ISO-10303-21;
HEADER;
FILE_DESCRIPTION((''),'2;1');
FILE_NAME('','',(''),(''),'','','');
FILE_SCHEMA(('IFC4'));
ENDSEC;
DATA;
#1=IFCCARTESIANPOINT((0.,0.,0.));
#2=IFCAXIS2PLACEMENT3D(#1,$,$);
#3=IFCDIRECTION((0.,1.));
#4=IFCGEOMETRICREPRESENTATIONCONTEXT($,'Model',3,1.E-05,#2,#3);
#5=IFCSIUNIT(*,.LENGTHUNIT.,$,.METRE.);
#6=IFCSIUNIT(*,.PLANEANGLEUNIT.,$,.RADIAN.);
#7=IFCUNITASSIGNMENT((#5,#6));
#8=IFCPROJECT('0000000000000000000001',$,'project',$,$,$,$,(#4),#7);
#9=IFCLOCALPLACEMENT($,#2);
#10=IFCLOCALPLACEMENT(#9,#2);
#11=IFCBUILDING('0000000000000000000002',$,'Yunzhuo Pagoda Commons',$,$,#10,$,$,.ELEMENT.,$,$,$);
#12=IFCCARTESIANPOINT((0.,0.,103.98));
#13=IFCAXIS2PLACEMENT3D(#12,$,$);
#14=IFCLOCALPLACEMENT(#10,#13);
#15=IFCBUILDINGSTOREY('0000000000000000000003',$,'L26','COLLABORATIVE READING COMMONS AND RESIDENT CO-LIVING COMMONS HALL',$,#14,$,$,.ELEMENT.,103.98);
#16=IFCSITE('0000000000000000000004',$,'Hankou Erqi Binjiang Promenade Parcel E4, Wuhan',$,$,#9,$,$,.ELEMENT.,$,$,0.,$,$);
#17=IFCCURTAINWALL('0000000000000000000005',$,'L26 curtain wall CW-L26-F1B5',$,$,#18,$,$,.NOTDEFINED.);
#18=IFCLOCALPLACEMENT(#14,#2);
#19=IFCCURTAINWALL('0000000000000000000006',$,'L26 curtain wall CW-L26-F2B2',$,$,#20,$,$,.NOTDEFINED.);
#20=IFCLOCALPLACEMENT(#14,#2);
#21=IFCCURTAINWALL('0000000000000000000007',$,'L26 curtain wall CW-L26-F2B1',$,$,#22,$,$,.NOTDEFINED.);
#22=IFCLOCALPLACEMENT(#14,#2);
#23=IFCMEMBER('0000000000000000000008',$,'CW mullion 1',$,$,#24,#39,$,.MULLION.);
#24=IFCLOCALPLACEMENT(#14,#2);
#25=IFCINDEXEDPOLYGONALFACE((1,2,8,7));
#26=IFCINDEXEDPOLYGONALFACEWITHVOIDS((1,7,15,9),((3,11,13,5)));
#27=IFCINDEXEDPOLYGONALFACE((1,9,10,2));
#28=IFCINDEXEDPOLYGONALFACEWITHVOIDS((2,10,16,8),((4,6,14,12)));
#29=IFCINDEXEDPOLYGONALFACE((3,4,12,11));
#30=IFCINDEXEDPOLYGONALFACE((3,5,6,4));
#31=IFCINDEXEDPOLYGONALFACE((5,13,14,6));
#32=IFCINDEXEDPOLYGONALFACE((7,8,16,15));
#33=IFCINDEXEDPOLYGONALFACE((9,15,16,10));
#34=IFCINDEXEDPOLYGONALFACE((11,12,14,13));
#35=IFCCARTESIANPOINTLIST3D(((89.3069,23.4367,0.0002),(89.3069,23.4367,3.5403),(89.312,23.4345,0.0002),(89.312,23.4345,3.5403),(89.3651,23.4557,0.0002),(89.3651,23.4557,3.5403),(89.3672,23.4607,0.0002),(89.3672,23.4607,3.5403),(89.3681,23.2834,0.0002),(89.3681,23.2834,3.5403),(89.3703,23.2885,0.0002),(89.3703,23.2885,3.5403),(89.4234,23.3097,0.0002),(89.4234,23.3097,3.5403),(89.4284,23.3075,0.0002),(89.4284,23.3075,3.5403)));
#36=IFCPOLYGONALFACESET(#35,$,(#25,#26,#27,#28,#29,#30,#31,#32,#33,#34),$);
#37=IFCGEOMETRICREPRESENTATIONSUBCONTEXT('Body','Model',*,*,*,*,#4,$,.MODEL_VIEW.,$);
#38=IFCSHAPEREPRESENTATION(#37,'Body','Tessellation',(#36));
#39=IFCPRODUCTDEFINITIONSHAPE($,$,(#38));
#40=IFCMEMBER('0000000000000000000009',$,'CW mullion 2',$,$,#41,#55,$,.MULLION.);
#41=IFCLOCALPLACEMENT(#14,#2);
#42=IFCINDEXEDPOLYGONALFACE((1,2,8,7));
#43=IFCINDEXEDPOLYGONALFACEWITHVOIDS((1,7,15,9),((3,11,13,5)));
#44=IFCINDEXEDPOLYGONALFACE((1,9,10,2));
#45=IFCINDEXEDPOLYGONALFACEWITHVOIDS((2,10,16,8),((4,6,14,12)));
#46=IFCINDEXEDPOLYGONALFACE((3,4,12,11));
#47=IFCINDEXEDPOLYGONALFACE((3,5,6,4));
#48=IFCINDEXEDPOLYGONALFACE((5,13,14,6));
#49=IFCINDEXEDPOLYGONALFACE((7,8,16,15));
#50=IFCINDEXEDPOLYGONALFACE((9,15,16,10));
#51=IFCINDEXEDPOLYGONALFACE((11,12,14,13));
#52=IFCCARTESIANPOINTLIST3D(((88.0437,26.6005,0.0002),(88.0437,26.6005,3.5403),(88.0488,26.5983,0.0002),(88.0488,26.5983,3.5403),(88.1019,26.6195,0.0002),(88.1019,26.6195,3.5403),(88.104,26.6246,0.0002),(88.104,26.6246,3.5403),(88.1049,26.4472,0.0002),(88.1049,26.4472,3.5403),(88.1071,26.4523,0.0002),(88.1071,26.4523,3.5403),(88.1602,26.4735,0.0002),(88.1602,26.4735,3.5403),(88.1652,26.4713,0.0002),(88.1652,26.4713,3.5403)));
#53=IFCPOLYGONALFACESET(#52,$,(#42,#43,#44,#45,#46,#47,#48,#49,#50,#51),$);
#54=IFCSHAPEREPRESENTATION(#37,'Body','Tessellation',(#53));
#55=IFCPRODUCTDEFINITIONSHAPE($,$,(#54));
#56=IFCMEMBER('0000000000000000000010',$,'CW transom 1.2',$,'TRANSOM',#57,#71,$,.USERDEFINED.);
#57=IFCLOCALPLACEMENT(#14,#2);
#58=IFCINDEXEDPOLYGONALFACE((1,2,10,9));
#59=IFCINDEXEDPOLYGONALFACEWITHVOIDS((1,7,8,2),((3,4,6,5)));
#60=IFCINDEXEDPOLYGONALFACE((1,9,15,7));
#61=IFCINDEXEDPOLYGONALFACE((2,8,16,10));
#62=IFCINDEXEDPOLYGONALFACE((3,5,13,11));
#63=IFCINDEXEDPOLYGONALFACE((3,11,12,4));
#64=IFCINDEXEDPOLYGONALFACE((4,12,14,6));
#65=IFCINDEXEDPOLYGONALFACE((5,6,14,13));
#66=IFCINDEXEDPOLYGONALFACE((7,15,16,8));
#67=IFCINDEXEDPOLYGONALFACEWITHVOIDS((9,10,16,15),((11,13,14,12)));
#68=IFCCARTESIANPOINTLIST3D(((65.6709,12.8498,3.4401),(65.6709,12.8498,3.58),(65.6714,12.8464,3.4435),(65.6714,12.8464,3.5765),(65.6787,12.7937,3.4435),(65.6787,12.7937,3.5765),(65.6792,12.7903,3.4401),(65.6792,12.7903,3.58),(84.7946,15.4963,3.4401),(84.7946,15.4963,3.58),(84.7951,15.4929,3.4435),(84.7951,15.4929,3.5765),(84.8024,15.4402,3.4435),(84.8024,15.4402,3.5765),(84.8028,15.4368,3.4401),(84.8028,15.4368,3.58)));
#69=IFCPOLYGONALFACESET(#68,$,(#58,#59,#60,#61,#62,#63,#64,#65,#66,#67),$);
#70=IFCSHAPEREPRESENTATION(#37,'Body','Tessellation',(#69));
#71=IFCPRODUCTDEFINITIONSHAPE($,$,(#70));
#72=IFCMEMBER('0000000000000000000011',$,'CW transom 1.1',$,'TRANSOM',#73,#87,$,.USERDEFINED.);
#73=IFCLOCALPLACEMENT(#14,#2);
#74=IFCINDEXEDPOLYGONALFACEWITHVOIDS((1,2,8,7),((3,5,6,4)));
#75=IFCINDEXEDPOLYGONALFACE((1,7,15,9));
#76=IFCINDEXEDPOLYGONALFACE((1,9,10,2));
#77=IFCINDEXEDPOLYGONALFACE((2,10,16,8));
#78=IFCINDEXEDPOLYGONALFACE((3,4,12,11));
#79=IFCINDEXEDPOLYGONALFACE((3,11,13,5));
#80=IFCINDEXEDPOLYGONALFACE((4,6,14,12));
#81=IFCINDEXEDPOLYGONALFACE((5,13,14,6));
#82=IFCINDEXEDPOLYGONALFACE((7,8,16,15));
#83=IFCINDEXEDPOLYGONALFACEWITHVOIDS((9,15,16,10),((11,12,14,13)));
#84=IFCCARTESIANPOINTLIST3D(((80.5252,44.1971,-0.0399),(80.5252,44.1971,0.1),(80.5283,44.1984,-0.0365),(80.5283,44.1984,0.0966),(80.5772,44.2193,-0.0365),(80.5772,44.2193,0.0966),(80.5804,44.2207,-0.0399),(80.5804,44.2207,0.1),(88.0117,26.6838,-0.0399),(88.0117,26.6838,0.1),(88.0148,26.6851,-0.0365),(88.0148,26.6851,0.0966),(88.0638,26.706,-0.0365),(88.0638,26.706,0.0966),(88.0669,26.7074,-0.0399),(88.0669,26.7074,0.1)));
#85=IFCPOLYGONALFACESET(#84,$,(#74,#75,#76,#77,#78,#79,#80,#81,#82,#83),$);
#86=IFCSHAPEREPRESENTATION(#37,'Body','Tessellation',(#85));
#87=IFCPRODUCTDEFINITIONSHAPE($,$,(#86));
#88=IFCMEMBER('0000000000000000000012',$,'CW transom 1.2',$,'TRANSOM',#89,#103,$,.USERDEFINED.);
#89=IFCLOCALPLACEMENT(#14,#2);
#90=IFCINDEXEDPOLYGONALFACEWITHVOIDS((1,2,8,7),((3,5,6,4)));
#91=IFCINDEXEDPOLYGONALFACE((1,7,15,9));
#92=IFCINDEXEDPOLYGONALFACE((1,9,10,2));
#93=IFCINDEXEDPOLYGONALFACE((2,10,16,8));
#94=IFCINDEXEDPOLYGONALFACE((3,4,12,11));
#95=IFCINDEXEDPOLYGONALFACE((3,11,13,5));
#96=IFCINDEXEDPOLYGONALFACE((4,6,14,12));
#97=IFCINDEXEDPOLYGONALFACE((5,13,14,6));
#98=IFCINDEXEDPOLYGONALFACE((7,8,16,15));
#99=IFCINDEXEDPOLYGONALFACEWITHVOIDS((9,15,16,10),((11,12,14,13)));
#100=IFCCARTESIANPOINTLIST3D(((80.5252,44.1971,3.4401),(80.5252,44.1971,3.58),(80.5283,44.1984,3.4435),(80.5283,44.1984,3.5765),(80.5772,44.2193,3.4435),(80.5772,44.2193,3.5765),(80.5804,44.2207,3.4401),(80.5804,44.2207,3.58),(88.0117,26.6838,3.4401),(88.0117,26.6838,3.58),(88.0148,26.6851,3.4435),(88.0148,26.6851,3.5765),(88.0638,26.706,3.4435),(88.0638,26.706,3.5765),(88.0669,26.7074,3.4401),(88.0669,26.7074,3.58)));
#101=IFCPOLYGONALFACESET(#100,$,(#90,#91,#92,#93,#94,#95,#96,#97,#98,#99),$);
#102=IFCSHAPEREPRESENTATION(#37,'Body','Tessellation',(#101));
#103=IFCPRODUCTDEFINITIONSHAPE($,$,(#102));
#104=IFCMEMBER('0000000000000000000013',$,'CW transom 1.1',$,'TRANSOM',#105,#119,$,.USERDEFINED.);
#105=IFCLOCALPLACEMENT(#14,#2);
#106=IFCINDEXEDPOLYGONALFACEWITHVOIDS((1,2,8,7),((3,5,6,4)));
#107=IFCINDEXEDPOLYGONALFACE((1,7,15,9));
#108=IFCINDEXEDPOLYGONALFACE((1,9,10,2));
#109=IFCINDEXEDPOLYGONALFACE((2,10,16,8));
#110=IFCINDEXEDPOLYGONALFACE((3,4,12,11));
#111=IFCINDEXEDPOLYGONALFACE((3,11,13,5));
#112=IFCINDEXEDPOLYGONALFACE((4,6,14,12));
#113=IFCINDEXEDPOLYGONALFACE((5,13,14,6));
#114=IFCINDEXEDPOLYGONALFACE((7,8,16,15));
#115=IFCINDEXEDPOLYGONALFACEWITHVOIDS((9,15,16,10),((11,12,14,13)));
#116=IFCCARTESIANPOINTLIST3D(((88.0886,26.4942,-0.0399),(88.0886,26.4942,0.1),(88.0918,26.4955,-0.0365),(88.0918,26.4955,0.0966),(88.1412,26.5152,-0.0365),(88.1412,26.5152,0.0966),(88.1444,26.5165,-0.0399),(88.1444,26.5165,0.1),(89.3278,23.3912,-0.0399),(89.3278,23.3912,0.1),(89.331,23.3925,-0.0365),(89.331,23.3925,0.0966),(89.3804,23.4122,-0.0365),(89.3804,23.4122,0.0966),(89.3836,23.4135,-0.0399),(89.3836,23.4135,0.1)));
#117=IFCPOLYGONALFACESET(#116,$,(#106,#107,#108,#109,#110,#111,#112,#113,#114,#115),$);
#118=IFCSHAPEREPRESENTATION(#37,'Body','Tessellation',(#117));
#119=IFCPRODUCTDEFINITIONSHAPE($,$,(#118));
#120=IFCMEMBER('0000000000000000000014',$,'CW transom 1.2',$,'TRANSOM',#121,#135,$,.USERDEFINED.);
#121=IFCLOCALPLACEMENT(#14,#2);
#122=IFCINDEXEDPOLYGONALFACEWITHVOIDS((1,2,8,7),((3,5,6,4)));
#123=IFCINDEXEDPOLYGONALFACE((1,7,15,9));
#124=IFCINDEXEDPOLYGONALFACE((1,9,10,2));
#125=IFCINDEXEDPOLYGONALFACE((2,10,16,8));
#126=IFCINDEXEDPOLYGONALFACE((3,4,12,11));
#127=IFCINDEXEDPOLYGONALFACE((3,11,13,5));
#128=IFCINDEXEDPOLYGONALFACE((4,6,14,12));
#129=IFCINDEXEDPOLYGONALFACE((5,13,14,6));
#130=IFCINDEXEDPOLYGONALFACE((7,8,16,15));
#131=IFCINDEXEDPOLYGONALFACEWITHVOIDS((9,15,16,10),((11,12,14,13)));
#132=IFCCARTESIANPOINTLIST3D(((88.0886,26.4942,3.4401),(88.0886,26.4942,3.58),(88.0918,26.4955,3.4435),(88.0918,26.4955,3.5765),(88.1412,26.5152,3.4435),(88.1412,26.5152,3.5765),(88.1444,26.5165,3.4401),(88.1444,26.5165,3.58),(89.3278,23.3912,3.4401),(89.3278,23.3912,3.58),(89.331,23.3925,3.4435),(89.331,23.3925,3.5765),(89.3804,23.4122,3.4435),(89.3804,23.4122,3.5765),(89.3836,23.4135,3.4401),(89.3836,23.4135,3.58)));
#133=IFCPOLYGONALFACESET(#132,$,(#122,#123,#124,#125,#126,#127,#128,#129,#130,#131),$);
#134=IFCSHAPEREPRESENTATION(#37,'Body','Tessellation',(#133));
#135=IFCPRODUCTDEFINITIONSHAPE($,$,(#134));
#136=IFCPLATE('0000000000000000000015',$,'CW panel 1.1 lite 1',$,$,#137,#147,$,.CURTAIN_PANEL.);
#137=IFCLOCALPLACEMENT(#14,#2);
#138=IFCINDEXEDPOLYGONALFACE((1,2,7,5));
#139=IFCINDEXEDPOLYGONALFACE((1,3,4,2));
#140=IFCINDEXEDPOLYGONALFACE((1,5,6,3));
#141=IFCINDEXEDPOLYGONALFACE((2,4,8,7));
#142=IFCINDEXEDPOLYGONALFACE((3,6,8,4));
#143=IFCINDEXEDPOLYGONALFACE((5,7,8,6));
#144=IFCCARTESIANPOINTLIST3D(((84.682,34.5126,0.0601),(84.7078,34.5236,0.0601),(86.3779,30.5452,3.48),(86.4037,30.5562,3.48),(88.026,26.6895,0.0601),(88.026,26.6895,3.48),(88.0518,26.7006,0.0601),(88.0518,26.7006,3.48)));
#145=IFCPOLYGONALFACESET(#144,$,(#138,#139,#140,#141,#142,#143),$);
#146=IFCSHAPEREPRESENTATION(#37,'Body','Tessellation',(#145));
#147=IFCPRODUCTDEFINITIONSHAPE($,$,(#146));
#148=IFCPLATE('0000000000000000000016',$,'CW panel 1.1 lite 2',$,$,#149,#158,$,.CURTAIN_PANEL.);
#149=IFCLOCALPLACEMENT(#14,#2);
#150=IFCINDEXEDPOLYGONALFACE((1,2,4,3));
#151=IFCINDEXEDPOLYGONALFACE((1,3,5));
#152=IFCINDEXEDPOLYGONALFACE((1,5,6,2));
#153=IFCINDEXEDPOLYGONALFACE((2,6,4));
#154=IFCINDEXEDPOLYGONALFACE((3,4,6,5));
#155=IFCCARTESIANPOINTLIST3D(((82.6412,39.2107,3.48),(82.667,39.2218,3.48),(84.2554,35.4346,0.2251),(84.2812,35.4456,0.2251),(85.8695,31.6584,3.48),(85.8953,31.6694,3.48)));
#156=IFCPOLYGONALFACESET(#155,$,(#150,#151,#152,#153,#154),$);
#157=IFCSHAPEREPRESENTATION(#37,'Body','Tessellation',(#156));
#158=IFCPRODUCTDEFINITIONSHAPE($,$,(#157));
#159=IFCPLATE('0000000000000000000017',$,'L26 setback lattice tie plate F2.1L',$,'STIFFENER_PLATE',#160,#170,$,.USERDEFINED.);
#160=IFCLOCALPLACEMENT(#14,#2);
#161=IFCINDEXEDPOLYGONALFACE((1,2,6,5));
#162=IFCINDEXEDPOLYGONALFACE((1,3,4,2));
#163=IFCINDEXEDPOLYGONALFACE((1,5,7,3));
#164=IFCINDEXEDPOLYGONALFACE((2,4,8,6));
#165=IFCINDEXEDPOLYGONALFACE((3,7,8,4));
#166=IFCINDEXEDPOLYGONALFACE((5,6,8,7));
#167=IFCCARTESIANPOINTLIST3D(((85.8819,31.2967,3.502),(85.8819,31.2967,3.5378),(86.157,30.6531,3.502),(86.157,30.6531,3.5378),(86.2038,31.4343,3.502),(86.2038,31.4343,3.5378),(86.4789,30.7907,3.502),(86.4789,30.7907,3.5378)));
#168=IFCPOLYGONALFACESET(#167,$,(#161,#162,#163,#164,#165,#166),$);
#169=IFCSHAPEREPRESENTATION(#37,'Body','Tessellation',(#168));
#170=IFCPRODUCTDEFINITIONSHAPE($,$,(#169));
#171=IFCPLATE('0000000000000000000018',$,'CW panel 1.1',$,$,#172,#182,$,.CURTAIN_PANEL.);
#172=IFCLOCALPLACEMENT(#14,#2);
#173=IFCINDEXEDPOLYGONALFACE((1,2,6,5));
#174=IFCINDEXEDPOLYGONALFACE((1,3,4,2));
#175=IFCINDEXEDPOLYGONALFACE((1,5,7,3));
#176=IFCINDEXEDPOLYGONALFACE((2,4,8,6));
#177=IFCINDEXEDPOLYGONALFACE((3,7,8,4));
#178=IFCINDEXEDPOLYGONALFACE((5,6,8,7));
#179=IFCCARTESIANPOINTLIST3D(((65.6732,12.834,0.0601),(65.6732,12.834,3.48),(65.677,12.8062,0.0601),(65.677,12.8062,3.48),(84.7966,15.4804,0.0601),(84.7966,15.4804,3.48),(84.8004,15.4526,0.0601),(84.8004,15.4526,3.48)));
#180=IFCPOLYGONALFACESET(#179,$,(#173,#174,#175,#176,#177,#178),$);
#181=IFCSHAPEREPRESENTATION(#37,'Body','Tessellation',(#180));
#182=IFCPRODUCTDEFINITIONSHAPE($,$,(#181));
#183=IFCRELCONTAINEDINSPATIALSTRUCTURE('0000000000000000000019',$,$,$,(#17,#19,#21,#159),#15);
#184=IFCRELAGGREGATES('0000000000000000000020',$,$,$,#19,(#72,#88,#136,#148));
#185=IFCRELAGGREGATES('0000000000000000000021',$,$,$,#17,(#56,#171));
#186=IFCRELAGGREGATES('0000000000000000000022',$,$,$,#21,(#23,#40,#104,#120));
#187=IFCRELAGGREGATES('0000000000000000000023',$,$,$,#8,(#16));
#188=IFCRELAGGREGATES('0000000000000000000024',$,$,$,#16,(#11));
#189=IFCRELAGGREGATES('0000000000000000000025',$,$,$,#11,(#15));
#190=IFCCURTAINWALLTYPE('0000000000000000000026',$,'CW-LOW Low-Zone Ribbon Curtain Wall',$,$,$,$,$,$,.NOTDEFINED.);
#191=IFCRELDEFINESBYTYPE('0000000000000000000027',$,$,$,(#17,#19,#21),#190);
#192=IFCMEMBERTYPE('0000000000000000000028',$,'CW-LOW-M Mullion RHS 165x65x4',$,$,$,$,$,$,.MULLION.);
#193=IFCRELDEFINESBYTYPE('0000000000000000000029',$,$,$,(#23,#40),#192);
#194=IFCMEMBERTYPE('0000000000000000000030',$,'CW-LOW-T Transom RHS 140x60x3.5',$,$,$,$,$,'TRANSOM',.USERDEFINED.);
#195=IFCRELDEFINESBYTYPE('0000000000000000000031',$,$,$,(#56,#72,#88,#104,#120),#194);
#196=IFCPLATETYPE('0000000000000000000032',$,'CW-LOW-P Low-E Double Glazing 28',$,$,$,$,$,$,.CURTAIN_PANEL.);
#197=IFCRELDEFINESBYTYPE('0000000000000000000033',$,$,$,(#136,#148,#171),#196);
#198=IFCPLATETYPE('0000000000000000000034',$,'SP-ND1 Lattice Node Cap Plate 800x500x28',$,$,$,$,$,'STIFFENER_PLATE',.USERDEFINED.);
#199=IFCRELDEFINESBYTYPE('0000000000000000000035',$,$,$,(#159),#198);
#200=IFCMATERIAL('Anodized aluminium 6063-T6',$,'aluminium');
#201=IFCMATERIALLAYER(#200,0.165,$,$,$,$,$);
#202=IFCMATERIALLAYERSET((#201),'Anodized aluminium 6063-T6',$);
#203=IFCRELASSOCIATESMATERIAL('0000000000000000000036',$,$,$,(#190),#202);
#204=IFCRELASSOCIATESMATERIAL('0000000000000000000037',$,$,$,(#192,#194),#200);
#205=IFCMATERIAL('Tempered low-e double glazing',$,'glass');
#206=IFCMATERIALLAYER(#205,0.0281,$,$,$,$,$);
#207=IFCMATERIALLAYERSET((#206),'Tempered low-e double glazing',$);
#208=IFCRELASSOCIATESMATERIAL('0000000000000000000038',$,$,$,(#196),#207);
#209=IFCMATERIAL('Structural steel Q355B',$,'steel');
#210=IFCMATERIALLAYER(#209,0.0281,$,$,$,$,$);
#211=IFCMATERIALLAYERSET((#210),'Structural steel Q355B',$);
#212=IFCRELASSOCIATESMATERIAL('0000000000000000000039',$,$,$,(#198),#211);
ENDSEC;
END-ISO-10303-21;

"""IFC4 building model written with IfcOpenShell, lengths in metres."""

from ifc_helpers import new_model, si_unit, direction, frame, origin, origin_2d, place, context, subcontext, project, spatial, polyline, rectangle, hollow_rectangle, outline, extrude, source, transform, mapped, material, layer, layer_set, material_profile, profile_set, type_object, element, aggregate, save


model = new_model("IFC4")

# Units and contexts
model_context = context("Model", 3, precision=1e-05, world=origin(), true_north=direction((0.0, 1.0)))
body_context = subcontext(model_context, "Body", "Model", "MODEL_VIEW")
ifc_project = project(units=[si_unit("LENGTHUNIT", "METRE"), si_unit("PLANEANGLEUNIT", "RADIAN")], contexts=[model_context])

# Site, building, storey
site_placement = place(None, origin())
site = spatial("IfcSite", under=ifc_project, at=site_placement, Name="Hankou Erqi Binjiang Promenade Parcel E4, Wuhan", CompositionType="ELEMENT", RefElevation=0.0)
building_placement = place(site_placement, origin())
building = spatial("IfcBuilding", under=site, at=building_placement, Name="Yunzhuo Pagoda Commons", CompositionType="ELEMENT")
storey_placement = place(building_placement, frame((0.0, 0.0, 103.98)))
storey = spatial("IfcBuildingStorey", under=building, at=storey_placement, Name="L26", Description="COLLABORATIVE READING COMMONS AND RESIDENT CO-LIVING COMMONS HALL", CompositionType="ELEMENT", Elevation=103.98)

# Shared definitions
ifc_material_1 = material(Name="Structural steel Q355B", Category="steel")

# Curtain walls
ifc_material_2 = material(Name="Anodized aluminium 6063-T6", Category="aluminium")
ifc_layer_1 = layer(ifc_material_2, 0.165)
ifc_layer_set_1 = layer_set([ifc_layer_1], Name="Anodized aluminium 6063-T6")
curtain_wall_type = type_object("IfcCurtainWallType", Name="CW-LOW Low-Zone Ribbon Curtain Wall", PredefinedType="NOTDEFINED", material=ifc_layer_set_1)
curtain_wall_1_placement = place(storey_placement, origin())
curtain_wall_1 = element("IfcCurtainWall", 1, at=curtain_wall_1_placement, inside=storey, type_object=curtain_wall_type, Name="L26 curtain wall CW-L26-F1B5", PredefinedType="NOTDEFINED")
ifc_material_profile_1 = material_profile(ifc_material_2, hollow_rectangle(XDim=0.0649, YDim=0.165, WallThickness=0.0039, at=origin_2d()), Name="Anodized aluminium 6063-T6")
ifc_profile_set_1 = profile_set([ifc_material_profile_1], Name="Anodized aluminium 6063-T6")
member_type_1 = type_object("IfcMemberType", Name="CW-LOW-M Mullion RHS 165x65x4", PredefinedType="MULLION", material=ifc_profile_set_1)
shared_shape_1 = source(origin(), body_context, "Body", "SweptSolid", [
    extrude(hollow_rectangle(XDim=0.0649, YDim=0.165, WallThickness=0.0039, at=origin_2d()), origin(), (0.0, 0.0, 1.0), 3.54),
])
curtain_wall_2_placement = place(storey_placement, origin())
curtain_wall_2 = element("IfcCurtainWall", 2, at=curtain_wall_2_placement, inside=storey, type_object=curtain_wall_type, Name="L26 curtain wall CW-L26-F2B2", PredefinedType="NOTDEFINED")

# Curtain wall, members
curtain_wall_3_placement = place(storey_placement, origin())
curtain_wall_3 = element("IfcCurtainWall", 3, at=curtain_wall_3_placement, inside=storey, type_object=curtain_wall_type, Name="L26 curtain wall CW-L26-F2B1", PredefinedType="NOTDEFINED")
member_1_placement = place(storey_placement, frame((89.3677, 23.3721, 0.0002), z_axis=(0.0, 0.0, 1.0), x_axis=(-0.928701, -0.370829, 0.0)))
member_1 = element("IfcMember", 4, at=member_1_placement, type_object=member_type_1, Name="CW mullion 1", PredefinedType="MULLION", context=body_context, shape_type="MappedRepresentation", body=[
    mapped(shared_shape_1, transform((0.0, 0.0, 0.0), scale=1.0)),
])
member_2_placement = place(storey_placement, frame((88.1045, 26.5359, 0.0002), z_axis=(0.0, 0.0, 1.0), x_axis=(-0.928701, -0.370829, 0.0)))
member_2 = element("IfcMember", 5, at=member_2_placement, type_object=member_type_1, Name="CW mullion 2", PredefinedType="MULLION", context=body_context, shape_type="MappedRepresentation", body=[
    mapped(shared_shape_1, transform((0.0, 0.0, 0.0), scale=1.0)),
])

# Members
ifc_material_profile_2 = material_profile(ifc_material_2, hollow_rectangle(XDim=0.0601, YDim=0.1399, WallThickness=0.0034, at=origin_2d()), Name="Anodized aluminium 6063-T6")
ifc_profile_set_2 = profile_set([ifc_material_profile_2], Name="Anodized aluminium 6063-T6")
member_type_2 = type_object("IfcMemberType", Name="CW-LOW-T Transom RHS 140x60x3.5", ElementType="TRANSOM", PredefinedType="USERDEFINED", material=ifc_profile_set_2)
shared_shape_2 = source(origin(), body_context, "Body", "SweptSolid", [
    extrude(hollow_rectangle(XDim=0.0601, YDim=0.1399, WallThickness=0.0034, at=origin_2d()), origin(), (0.0, 0.0, 1.0), 19.3059),
])
member_3_placement = place(storey_placement, frame((65.675, 12.8201, 3.51), z_axis=(0.99056, 0.137082, 0.0), x_axis=(-0.137082, 0.99056, 0.0)))
member_3 = element("IfcMember", 6, at=member_3_placement, type_object=member_type_2, Name="CW transom 1.2", ObjectType="TRANSOM", PredefinedType="USERDEFINED", context=body_context, shape_type="MappedRepresentation", body=[
    mapped(shared_shape_2, transform((0.0, 0.0, 0.0), scale=1.0)),
])
shared_shape_3 = source(origin(), body_context, "Body", "SweptSolid", [
    extrude(hollow_rectangle(XDim=0.0601, YDim=0.1399, WallThickness=0.0034, at=origin_2d()), origin(), (0.0, 0.0, 1.0), 19.0464),
])
member_4_placement = place(storey_placement, frame((88.0393, 26.6956, 0.03), z_axis=(-0.393068, 0.919509, 0.0), x_axis=(-0.919509, -0.393068, 0.0)))
member_4 = element("IfcMember", 7, at=member_4_placement, type_object=member_type_2, Name="CW transom 1.1", ObjectType="TRANSOM", PredefinedType="USERDEFINED", context=body_context, shape_type="MappedRepresentation", body=[
    mapped(shared_shape_3, transform((0.0, 0.0, 0.0), scale=1.0)),
])
member_5_placement = place(storey_placement, frame((88.0393, 26.6956, 3.51), z_axis=(-0.393068, 0.919509, 0.0), x_axis=(-0.919509, -0.393068, 0.0)))
member_5 = element("IfcMember", 8, at=member_5_placement, type_object=member_type_2, Name="CW transom 1.2", ObjectType="TRANSOM", PredefinedType="USERDEFINED", context=body_context, shape_type="MappedRepresentation", body=[
    mapped(shared_shape_3, transform((0.0, 0.0, 0.0), scale=1.0)),
])
shared_shape_4 = source(origin(), body_context, "Body", "SweptSolid", [
    extrude(hollow_rectangle(XDim=0.0601, YDim=0.1399, WallThickness=0.0034, at=origin_2d()), origin(), (0.0, 0.0, 1.0), 3.3413),
])
member_6_placement = place(storey_placement, frame((89.3557, 23.4023, 0.03), z_axis=(-0.370887, 0.928678, 0.0), x_axis=(-0.928678, -0.370887, 0.0)))
member_6 = element("IfcMember", 9, at=member_6_placement, type_object=member_type_2, Name="CW transom 1.1", ObjectType="TRANSOM", PredefinedType="USERDEFINED", context=body_context, shape_type="MappedRepresentation", body=[
    mapped(shared_shape_4, transform((0.0, 0.0, 0.0), scale=1.0)),
])
member_7_placement = place(storey_placement, frame((89.3557, 23.4023, 3.51), z_axis=(-0.370887, 0.928678, 0.0), x_axis=(-0.928678, -0.370887, 0.0)))
member_7 = element("IfcMember", 10, at=member_7_placement, type_object=member_type_2, Name="CW transom 1.2", ObjectType="TRANSOM", PredefinedType="USERDEFINED", context=body_context, shape_type="MappedRepresentation", body=[
    mapped(shared_shape_4, transform((0.0, 0.0, 0.0), scale=1.0)),
])

# Plates
ifc_material_3 = material(Name="Tempered low-e double glazing", Category="glass")
ifc_layer_2 = layer(ifc_material_3, 0.0281)
ifc_layer_set_2 = layer_set([ifc_layer_2], Name="Tempered low-e double glazing")
plate_type_1 = type_object("IfcPlateType", Name="CW-LOW-P Low-E Double Glazing 28", PredefinedType="CURTAIN_PANEL", material=ifc_layer_set_2)
plate_1_placement = place(storey_placement, frame((86.354, 30.6011, 1.77), z_axis=(0.919516, 0.393052, 0.0), x_axis=(-0.393052, 0.919516, 0.0)))
plate_1 = element("IfcPlate", 11, at=plate_1_placement, type_object=plate_type_1, Name="CW panel 1.1 lite 1", PredefinedType="CURTAIN_PANEL", context=body_context, shape_type="SweptSolid", body=[
    extrude(outline(polyline([(-4.2539, -1.71), (4.2539, -1.71), (-0.0608, 1.71), (-4.2539, 1.71), (-4.2539, -1.71)])), origin(), (0.0, 0.0, 1.0), 0.0281),
])
plate_2_placement = place(storey_placement, frame((84.2554, 35.4346, 1.8525), z_axis=(0.919516, 0.393052, 0.0), x_axis=(-0.393052, 0.919516, 0.0)))
plate_2 = element("IfcPlate", 12, at=plate_2_placement, type_object=plate_type_1, Name="CW panel 1.1 lite 2", PredefinedType="CURTAIN_PANEL", context=body_context, shape_type="SweptSolid", body=[
    extrude(outline(polyline([(-4.1067, 1.6274), (0.0, -1.6274), (4.1067, 1.6274), (-4.1067, 1.6274)])), origin(), (0.0, 0.0, 1.0), 0.0281),
])
aggregate(curtain_wall_2, [member_4, member_5, plate_1, plate_2])
ifc_layer_3 = layer(ifc_material_1, 0.0281)
ifc_layer_set_3 = layer_set([ifc_layer_3], Name="Structural steel Q355B")
plate_type_2 = type_object("IfcPlateType", Name="SP-ND1 Lattice Node Cap Plate 800x500x28", ElementType="STIFFENER_PLATE", PredefinedType="USERDEFINED", material=ifc_layer_set_3)
shared_shape_5 = source(origin(), body_context, "Body", "SweptSolid", [
    extrude(rectangle(XDim=0.7, YDim=0.3501, at=origin_2d()), origin(), (0.0, 0.0, 1.0), 0.0359),
])
plate_3_placement = place(storey_placement, frame((86.1804, 31.0437, 3.502), z_axis=(0.0, 0.0, 1.0), x_axis=(-0.393059, 0.919513, 0.0)))
element("IfcPlate", 13, at=plate_3_placement, inside=storey, type_object=plate_type_2, Name="L26 setback lattice tie plate F2.1L", ObjectType="STIFFENER_PLATE", PredefinedType="USERDEFINED", context=body_context, shape_type="MappedRepresentation", body=[
    mapped(shared_shape_5, transform((0.0, 0.0, 0.0), scale=1.0)),
])
shared_shape_6 = source(origin(), body_context, "Body", "SweptSolid", [
    extrude(rectangle(XDim=19.3057, YDim=0.0281, at=origin_2d()), origin(), (0.0, 0.0, 1.0), 3.4199),
])
plate_4_placement = place(storey_placement, frame((75.2368, 14.1433, 0.0601), z_axis=(0.0, 0.0, 1.0), x_axis=(0.99056, 0.137082, 0.0)))
plate_4 = element("IfcPlate", 14, at=plate_4_placement, type_object=plate_type_1, Name="CW panel 1.1", PredefinedType="CURTAIN_PANEL", context=body_context, shape_type="MappedRepresentation", body=[
    mapped(shared_shape_6, transform((0.0, 0.0, 0.0), scale=1.0)),
])
aggregate(curtain_wall_1, [member_3, plate_4])
aggregate(curtain_wall_3, [member_1, member_2, member_6, member_7])

save(model, "model.ifc")
